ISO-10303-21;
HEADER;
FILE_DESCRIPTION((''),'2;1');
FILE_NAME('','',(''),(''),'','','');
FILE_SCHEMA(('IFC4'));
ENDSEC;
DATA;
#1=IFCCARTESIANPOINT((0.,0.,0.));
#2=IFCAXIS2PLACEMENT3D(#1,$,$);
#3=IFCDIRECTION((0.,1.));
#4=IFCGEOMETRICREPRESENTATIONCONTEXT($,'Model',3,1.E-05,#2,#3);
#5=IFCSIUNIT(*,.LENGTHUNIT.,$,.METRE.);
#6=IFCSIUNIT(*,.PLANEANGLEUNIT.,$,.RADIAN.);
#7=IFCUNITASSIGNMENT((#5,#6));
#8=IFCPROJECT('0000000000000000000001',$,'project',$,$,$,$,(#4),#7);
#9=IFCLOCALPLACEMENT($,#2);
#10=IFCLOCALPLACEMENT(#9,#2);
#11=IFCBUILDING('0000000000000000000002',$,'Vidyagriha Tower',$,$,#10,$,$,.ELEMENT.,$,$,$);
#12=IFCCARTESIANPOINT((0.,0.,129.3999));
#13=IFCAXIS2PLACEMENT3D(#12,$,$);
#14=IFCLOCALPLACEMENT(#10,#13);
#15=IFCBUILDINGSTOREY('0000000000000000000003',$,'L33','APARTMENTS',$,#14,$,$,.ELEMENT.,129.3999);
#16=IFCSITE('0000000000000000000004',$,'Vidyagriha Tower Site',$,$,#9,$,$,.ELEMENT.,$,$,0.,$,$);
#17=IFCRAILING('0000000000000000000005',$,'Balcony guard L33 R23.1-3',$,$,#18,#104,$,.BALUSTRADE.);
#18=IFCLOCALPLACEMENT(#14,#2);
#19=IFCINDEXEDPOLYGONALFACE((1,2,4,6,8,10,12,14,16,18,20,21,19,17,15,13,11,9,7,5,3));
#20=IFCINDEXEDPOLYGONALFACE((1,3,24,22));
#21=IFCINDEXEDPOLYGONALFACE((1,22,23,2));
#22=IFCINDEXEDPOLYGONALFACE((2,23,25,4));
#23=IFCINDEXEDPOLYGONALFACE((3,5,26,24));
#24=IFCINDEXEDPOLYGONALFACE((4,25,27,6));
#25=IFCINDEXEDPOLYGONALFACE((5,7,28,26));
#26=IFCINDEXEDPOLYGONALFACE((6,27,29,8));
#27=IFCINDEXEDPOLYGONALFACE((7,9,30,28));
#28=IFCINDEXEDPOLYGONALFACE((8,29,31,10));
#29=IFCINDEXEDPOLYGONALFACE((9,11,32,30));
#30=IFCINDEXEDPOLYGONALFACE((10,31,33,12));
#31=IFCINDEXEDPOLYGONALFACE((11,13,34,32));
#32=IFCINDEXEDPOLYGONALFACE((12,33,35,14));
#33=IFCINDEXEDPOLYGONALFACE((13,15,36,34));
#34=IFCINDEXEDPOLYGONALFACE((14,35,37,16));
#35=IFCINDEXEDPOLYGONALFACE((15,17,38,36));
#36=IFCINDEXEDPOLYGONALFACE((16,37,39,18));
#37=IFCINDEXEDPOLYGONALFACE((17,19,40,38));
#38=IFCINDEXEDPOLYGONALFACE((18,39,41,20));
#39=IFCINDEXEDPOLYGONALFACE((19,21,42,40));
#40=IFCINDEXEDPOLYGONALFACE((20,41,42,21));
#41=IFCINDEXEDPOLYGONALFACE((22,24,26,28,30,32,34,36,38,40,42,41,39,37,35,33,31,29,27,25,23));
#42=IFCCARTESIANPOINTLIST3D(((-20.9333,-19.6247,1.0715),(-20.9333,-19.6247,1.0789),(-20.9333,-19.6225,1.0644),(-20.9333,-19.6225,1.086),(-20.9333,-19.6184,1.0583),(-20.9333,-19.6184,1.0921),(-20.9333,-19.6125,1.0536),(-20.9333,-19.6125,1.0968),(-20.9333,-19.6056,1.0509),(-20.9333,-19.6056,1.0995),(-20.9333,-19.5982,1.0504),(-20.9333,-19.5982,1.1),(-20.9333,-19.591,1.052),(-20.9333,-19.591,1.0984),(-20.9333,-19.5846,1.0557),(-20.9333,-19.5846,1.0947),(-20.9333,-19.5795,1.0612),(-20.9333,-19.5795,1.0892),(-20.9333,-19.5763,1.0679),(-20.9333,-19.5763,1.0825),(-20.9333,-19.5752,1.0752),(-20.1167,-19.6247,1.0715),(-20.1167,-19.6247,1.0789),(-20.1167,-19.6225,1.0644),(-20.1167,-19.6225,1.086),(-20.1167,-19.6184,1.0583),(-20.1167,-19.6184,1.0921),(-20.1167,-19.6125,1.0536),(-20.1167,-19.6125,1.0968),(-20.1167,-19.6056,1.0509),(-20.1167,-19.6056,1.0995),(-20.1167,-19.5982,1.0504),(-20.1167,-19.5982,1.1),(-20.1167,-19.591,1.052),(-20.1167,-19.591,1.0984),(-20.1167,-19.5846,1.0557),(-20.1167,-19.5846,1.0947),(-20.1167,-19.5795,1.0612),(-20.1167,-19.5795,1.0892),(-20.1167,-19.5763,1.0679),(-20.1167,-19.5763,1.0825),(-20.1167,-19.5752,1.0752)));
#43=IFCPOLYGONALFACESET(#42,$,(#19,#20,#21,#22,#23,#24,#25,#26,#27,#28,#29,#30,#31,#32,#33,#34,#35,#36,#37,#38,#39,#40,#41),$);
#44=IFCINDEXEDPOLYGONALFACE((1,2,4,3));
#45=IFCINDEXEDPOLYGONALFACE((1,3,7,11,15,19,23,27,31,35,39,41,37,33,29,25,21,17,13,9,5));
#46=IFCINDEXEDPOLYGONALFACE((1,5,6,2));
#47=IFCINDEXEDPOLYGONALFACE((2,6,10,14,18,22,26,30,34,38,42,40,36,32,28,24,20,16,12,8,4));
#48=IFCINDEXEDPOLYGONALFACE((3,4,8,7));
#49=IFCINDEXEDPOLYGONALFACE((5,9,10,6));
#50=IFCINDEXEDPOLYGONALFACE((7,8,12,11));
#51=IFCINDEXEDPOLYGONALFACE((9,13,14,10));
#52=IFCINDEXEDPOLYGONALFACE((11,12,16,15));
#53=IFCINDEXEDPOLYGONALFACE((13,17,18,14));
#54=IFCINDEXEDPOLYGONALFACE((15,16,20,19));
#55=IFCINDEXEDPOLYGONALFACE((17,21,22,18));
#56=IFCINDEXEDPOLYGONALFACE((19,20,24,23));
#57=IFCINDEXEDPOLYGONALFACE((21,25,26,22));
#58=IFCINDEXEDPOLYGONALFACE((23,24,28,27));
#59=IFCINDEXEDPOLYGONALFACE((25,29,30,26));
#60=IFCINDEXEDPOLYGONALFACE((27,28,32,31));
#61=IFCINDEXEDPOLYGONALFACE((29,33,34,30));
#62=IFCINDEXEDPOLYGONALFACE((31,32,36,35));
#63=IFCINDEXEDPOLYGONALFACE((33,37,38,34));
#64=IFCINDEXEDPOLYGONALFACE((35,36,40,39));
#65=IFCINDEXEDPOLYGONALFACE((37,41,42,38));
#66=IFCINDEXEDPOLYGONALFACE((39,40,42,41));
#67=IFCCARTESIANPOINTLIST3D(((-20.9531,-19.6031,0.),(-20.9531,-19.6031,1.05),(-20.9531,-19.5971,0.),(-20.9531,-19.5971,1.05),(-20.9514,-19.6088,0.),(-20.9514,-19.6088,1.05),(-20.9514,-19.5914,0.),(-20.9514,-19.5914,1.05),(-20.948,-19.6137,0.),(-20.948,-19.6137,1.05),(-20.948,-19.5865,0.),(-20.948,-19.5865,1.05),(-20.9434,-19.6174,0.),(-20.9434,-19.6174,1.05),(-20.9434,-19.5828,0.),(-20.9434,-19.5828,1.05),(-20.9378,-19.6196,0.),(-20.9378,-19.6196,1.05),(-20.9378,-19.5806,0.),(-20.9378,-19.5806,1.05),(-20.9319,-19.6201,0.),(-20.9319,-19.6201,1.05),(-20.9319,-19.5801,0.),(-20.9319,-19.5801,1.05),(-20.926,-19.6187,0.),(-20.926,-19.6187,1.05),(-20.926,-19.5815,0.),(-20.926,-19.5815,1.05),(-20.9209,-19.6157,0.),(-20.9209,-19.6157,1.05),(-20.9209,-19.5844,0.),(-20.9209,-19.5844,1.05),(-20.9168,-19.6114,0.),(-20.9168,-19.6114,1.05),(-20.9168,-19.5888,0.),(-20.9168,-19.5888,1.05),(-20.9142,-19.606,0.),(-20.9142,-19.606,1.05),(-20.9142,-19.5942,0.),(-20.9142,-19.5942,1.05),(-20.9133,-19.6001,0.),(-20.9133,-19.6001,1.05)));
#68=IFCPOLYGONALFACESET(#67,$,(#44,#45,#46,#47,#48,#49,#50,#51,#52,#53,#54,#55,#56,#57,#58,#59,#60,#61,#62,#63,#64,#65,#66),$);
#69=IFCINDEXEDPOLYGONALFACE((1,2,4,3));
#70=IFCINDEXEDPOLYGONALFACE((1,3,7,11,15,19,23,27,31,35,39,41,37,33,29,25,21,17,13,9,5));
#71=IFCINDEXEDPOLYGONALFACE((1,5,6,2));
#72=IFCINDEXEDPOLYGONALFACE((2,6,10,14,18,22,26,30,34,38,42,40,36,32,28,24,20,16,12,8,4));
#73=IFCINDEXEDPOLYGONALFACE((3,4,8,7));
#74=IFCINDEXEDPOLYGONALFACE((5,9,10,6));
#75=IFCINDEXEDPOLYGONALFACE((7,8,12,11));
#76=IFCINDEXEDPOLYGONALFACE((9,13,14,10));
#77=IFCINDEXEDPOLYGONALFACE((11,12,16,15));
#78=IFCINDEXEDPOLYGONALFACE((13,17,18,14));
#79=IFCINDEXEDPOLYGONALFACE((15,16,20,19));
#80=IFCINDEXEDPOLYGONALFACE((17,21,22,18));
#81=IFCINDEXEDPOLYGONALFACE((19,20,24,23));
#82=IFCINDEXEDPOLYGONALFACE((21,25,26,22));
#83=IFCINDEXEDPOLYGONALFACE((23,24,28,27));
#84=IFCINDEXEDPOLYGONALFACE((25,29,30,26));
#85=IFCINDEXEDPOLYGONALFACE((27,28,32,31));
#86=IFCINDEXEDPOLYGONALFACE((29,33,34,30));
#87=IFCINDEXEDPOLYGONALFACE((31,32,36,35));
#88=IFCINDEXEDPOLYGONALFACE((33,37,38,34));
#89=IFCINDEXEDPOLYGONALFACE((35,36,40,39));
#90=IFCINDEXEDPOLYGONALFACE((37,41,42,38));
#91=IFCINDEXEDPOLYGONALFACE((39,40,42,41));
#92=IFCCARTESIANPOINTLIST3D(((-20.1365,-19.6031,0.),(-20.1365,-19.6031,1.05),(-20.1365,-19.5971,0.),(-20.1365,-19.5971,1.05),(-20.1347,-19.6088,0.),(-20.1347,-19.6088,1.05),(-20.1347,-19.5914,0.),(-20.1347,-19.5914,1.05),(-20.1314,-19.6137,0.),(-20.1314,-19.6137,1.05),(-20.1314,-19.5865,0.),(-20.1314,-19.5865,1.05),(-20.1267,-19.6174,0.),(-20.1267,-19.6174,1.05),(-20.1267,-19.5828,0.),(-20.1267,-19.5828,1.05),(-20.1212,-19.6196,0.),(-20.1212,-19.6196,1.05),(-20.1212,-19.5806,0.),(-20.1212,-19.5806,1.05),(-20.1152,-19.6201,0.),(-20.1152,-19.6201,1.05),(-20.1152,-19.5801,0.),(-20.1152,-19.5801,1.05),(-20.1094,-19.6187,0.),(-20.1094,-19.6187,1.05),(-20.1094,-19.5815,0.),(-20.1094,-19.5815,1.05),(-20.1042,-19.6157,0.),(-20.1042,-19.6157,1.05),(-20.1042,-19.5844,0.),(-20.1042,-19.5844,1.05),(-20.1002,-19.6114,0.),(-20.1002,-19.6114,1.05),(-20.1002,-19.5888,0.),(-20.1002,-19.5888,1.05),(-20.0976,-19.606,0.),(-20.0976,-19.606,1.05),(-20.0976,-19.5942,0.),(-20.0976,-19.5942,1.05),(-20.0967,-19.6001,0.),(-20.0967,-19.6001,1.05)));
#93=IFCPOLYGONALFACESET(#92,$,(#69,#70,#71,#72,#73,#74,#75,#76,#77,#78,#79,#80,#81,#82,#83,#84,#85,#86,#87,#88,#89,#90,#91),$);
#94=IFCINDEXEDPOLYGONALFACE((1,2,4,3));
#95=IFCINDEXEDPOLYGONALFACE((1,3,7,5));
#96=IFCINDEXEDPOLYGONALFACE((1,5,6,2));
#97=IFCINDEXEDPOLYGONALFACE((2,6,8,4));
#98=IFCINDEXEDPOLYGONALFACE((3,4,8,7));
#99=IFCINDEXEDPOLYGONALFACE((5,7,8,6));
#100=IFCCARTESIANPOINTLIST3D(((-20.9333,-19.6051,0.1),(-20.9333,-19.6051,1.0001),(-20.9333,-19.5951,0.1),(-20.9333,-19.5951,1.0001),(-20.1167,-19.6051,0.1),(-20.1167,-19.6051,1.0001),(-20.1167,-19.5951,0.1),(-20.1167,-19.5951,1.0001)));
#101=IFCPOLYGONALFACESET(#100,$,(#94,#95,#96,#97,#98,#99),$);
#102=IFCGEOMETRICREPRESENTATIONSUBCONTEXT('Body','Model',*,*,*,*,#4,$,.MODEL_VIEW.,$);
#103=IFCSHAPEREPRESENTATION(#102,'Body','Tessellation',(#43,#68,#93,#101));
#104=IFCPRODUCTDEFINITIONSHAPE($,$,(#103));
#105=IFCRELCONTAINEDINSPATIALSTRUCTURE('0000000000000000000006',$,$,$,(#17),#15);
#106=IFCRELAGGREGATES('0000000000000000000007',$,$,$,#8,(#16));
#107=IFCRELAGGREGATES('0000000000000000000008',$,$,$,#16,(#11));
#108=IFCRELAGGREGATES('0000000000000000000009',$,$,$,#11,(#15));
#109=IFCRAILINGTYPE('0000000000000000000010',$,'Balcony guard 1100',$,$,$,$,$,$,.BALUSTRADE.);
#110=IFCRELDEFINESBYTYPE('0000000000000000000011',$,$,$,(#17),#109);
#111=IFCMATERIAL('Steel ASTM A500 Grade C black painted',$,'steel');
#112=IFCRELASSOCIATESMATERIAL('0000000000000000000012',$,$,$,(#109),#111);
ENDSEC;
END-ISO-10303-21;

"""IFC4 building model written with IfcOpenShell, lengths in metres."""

from ifc_helpers import new_model, si_unit, direction, frame, origin, origin_2d, place, context, subcontext, project, spatial, rectangle, circle, extrude, material, type_object, element, save


model = new_model("IFC4")

# Units and contexts
model_context = context("Model", 3, precision=1e-05, world=origin(), true_north=direction((0.0, 1.0)))
body_context = subcontext(model_context, "Body", "Model", "MODEL_VIEW")
ifc_project = project(units=[si_unit("LENGTHUNIT", "METRE"), si_unit("PLANEANGLEUNIT", "RADIAN")], contexts=[model_context])

# Site, building, storey
site_placement = place(None, origin())
site = spatial("IfcSite", under=ifc_project, at=site_placement, Name="Vidyagriha Tower Site", CompositionType="ELEMENT", RefElevation=0.0)
building_placement = place(site_placement, origin())
building = spatial("IfcBuilding", under=site, at=building_placement, Name="Vidyagriha Tower", CompositionType="ELEMENT")
storey_placement = place(building_placement, frame((0.0, 0.0, 129.3999)))
storey = spatial("IfcBuildingStorey", under=building, at=storey_placement, Name="L33", Description="APARTMENTS", CompositionType="ELEMENT", Elevation=129.3999)

# Railing
ifc_material_1 = material(Name="Steel ASTM A500 Grade C black painted", Category="steel")
railing_type = type_object("IfcRailingType", Name="Balcony guard 1100", PredefinedType="BALUSTRADE", material=ifc_material_1)
railing_1_placement = place(storey_placement, frame((-20.9333, -19.6001, 0.0)))
element("IfcRailing", 1, at=railing_1_placement, inside=storey, type_object=railing_type, Name="Balcony guard L33 R23.1-3", PredefinedType="BALUSTRADE", context=body_context, shape_type="SweptSolid", body=[
    extrude(circle(Radius=0.0249, at=origin_2d()), frame((0.0, 0.0, 1.0752), z_axis=(1.0, 0.0, 0.0), x_axis=(0.0, 1.0, 0.0)), (0.0, 0.0, 1.0), 0.8167),
    extrude(circle(Radius=0.02, at=origin_2d()), origin(), (0.0, 0.0, 1.0), 1.05),
    extrude(circle(Radius=0.02, at=origin_2d()), frame((0.8167, 0.0, 0.0)), (0.0, 0.0, 1.0), 1.05),
    extrude(rectangle(XDim=0.01, YDim=0.9001, at=origin_2d()), frame((0.0, 0.0, 0.55), z_axis=(1.0, 0.0, 0.0), x_axis=(0.0, 1.0, 0.0)), (0.0, 0.0, 1.0), 0.8167),
])

save(model, "model.ifc")
